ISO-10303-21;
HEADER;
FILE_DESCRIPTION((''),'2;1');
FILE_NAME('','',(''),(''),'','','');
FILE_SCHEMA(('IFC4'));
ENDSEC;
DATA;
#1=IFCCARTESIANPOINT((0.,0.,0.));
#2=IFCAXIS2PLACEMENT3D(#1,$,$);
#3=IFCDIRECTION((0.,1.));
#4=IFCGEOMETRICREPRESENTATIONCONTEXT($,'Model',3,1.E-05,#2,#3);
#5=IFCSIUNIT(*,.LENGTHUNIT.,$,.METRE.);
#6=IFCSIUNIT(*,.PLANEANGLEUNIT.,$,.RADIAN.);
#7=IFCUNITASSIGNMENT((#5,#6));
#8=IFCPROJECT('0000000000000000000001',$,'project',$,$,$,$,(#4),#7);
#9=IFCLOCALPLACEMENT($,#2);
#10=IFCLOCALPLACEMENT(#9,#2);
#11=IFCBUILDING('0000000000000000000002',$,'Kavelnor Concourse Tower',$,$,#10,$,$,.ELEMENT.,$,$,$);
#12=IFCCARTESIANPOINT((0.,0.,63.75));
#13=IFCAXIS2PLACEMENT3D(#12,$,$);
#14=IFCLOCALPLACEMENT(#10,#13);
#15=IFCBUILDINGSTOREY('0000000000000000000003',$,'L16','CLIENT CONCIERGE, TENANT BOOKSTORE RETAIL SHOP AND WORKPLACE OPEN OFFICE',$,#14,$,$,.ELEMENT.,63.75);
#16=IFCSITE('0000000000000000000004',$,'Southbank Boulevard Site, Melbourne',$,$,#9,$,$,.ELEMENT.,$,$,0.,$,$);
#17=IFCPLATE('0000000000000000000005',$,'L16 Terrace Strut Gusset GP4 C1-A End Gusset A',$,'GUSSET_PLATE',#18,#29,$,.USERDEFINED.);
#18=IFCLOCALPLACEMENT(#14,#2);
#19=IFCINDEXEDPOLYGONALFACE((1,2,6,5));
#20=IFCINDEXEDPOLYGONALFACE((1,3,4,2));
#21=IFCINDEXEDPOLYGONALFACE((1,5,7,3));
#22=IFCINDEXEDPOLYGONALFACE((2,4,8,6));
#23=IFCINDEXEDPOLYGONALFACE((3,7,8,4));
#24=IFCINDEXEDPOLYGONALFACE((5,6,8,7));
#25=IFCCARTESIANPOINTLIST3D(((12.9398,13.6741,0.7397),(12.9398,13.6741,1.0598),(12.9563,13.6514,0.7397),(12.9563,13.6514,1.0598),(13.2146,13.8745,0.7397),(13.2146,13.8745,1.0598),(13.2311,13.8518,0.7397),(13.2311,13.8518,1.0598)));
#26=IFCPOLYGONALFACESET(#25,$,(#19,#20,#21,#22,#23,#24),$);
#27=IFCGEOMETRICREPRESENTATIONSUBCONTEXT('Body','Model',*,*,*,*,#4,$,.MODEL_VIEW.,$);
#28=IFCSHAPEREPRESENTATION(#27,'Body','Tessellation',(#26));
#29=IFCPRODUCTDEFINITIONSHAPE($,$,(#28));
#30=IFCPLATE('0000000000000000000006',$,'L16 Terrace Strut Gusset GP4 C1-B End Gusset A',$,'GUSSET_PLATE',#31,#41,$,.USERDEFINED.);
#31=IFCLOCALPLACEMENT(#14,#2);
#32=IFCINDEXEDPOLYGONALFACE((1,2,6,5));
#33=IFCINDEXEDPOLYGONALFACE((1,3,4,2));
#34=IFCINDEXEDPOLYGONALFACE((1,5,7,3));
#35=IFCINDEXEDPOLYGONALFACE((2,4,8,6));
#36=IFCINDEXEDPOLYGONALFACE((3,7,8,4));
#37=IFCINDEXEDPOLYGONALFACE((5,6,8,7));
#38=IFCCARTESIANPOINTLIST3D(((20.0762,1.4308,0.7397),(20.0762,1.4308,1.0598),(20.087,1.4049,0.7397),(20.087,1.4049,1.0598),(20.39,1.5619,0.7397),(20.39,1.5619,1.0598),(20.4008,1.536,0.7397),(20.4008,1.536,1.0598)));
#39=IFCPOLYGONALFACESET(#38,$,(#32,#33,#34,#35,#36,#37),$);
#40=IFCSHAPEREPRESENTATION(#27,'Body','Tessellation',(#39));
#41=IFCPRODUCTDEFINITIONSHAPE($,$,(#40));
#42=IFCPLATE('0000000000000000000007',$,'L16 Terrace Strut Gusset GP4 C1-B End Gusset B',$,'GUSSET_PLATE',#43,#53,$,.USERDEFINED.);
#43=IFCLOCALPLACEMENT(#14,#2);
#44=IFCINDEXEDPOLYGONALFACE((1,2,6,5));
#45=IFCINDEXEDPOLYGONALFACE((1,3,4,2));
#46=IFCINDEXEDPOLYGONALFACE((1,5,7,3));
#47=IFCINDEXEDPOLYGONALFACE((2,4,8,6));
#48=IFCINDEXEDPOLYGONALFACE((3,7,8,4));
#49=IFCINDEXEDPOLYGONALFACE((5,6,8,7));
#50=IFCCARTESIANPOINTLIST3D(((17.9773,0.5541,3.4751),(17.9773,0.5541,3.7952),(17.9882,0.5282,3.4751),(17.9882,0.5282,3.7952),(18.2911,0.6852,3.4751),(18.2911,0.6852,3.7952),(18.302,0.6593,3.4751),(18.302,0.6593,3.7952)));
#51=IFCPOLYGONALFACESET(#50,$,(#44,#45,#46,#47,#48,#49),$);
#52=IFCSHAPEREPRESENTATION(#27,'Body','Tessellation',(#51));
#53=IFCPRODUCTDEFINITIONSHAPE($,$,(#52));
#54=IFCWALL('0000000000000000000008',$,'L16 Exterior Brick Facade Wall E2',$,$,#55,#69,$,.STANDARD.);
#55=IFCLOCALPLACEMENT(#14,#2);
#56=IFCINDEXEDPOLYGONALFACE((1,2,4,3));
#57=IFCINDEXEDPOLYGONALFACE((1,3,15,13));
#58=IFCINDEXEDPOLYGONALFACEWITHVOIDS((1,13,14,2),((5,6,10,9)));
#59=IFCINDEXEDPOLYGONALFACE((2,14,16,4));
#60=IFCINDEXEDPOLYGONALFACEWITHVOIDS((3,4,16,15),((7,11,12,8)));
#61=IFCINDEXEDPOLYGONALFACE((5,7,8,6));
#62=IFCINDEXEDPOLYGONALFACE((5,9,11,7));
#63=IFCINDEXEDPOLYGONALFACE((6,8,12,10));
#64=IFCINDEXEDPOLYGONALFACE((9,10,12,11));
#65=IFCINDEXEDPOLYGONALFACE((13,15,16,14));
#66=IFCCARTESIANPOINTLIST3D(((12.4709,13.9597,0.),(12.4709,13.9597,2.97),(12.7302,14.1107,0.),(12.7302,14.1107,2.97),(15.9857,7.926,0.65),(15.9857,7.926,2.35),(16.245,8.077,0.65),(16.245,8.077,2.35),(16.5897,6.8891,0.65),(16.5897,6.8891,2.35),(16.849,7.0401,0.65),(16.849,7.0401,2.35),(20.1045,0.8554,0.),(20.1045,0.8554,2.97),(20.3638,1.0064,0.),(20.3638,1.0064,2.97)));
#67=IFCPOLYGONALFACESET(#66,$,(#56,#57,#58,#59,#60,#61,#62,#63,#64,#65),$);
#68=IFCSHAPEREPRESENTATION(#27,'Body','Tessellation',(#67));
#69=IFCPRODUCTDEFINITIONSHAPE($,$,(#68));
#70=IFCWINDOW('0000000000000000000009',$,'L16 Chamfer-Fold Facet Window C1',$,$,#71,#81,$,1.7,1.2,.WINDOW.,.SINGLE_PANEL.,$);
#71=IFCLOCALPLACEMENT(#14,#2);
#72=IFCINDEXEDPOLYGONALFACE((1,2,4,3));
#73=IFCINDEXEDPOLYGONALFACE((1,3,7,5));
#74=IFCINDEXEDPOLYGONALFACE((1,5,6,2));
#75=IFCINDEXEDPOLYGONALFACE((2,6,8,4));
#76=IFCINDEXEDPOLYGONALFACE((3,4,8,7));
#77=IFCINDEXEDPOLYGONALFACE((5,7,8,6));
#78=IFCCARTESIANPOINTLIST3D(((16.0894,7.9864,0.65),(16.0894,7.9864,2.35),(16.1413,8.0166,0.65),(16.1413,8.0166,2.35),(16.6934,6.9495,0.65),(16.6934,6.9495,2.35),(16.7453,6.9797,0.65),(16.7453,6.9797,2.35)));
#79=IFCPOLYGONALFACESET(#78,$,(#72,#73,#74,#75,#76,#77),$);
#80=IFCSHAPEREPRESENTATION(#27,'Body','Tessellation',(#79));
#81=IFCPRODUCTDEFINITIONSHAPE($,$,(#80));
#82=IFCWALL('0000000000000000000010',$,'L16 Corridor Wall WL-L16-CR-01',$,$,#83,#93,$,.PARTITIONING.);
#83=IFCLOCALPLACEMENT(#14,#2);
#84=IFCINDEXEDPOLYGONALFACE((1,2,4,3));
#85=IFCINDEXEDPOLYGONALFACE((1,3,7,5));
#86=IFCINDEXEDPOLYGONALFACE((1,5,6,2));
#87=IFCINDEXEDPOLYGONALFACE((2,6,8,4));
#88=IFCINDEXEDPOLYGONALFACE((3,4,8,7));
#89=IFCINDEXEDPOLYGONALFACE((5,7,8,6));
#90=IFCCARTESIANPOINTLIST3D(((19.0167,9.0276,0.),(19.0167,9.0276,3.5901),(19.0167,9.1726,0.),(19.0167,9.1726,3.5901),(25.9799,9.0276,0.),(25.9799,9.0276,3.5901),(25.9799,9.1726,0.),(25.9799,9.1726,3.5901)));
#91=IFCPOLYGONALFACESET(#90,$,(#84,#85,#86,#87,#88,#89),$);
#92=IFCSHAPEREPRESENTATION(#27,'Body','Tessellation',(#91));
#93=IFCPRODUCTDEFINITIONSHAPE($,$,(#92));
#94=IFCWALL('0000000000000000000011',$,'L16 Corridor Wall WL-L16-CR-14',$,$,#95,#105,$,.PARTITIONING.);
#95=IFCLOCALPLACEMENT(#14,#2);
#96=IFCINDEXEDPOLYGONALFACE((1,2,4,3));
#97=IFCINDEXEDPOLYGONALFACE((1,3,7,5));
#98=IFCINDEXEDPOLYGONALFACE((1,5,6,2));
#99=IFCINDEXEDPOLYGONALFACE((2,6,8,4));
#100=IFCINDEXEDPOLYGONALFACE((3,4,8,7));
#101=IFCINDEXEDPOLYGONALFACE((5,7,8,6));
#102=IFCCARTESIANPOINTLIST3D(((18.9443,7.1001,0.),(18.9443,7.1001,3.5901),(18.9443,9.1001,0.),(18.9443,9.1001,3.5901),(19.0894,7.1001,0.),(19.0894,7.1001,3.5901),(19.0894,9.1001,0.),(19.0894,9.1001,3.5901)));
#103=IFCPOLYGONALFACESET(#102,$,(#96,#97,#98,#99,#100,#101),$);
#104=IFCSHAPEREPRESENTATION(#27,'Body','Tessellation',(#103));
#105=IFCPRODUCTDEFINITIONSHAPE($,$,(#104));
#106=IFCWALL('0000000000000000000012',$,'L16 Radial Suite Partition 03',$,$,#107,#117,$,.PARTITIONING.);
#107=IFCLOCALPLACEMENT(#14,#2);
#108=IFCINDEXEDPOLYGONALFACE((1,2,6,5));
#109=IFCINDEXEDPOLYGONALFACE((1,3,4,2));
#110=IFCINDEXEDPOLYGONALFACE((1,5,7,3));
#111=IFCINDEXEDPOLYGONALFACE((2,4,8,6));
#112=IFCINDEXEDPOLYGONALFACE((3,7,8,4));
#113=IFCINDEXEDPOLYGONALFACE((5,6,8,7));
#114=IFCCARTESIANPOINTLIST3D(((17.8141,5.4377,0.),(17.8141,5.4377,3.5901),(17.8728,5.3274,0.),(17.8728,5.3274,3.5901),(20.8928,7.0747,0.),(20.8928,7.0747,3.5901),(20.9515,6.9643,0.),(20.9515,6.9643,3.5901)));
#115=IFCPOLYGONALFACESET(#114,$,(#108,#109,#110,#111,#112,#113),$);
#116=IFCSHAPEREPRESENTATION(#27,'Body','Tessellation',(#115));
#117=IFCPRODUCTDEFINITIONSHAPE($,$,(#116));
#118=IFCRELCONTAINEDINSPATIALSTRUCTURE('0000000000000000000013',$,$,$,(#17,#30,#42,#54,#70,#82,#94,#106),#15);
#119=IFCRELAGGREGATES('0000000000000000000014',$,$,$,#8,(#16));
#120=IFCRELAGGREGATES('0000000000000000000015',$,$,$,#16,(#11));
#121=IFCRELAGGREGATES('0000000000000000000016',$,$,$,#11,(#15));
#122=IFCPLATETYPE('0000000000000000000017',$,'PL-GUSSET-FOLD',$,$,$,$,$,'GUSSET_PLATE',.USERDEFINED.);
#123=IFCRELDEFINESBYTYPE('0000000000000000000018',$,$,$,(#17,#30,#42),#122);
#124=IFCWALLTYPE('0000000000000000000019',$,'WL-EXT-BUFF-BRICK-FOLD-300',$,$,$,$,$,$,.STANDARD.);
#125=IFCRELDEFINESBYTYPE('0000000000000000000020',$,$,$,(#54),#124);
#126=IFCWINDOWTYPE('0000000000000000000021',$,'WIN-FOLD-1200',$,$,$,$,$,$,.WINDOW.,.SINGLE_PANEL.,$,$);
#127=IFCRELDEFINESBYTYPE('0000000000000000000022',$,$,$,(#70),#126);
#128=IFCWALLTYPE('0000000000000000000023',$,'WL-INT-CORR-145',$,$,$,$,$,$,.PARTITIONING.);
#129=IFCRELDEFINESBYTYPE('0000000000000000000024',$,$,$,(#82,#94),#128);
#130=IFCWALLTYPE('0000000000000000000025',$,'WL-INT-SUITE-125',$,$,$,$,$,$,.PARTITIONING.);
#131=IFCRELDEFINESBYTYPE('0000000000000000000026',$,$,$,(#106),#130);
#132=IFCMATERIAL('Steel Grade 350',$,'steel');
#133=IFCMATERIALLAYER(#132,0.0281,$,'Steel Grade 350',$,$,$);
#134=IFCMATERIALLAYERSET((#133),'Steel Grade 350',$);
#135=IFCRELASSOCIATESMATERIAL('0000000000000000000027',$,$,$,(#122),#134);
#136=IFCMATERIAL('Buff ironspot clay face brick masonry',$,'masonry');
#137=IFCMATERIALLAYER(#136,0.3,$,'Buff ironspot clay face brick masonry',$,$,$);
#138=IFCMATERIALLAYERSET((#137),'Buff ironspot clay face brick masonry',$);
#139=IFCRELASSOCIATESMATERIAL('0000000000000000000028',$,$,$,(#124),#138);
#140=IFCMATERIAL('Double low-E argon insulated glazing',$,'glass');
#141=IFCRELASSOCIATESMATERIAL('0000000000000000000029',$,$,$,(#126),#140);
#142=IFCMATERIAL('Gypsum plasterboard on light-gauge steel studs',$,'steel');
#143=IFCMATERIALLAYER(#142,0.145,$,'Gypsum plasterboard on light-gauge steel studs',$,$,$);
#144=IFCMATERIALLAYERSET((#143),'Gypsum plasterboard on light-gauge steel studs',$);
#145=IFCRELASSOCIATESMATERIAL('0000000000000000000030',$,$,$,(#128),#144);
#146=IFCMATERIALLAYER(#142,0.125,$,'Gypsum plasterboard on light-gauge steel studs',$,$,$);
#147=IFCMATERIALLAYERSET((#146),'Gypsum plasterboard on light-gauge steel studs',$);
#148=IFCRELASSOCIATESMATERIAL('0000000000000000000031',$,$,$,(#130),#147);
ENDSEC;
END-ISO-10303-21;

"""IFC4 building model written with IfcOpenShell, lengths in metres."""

from ifc_helpers import new_model, si_unit, direction, frame, frame_2d, origin, origin_2d, place, context, subcontext, project, spatial, rectangle, extrude, material, layer, layer_set, type_object, element, fill, save


model = new_model("IFC4")

# Units and contexts
model_context = context("Model", 3, precision=1e-05, world=origin(), true_north=direction((0.0, 1.0)))
body_context = subcontext(model_context, "Body", "Model", "MODEL_VIEW")
ifc_project = project(units=[si_unit("LENGTHUNIT", "METRE"), si_unit("PLANEANGLEUNIT", "RADIAN")], contexts=[model_context])

# Site, building, storey
site_placement = place(None, origin())
site = spatial("IfcSite", under=ifc_project, at=site_placement, Name="Southbank Boulevard Site, Melbourne", CompositionType="ELEMENT", RefElevation=0.0)
building_placement = place(site_placement, origin())
building = spatial("IfcBuilding", under=site, at=building_placement, Name="Kavelnor Concourse Tower", CompositionType="ELEMENT")
storey_placement = place(building_placement, frame((0.0, 0.0, 63.75)))
storey = spatial("IfcBuildingStorey", under=building, at=storey_placement, Name="L16", Description="CLIENT CONCIERGE, TENANT BOOKSTORE RETAIL SHOP AND WORKPLACE OPEN OFFICE", CompositionType="ELEMENT", Elevation=63.75)

# Shared definitions
ifc_material_1 = material(Name="Steel Grade 350", Category="steel")

# Plates
ifc_layer_1 = layer(ifc_material_1, 0.0281, Name="Steel Grade 350")
ifc_layer_set_1 = layer_set([ifc_layer_1], Name="Steel Grade 350")
plate_type = type_object("IfcPlateType", Name="PL-GUSSET-FOLD", ElementType="GUSSET_PLATE", PredefinedType="USERDEFINED", material=ifc_layer_set_1)
for number, where, z_axis, x_axis, name in (
    (1, (13.0854, 13.7629, 0.7397), (0.0, 0.0, 1.0), (-0.807887, -0.589337, 0.0), "L16 Terrace Strut Gusset GP4 C1-A End Gusset A"),
    (2, (20.2385, 1.4834, 0.7397), (0.0, 0.0, 1.0), (-0.92274, -0.385423, 0.0), "L16 Terrace Strut Gusset GP4 C1-B End Gusset A"),
    (3, (18.1396, 0.6067, 3.4751), (0.0, 0.0, 1.0), (-0.92274, -0.385423, 0.0), "L16 Terrace Strut Gusset GP4 C1-B End Gusset B"),
):
    element("IfcPlate", number, at=place(storey_placement, frame(where, z_axis=z_axis, x_axis=x_axis)), inside=storey, type_object=plate_type, Name=name, ObjectType="GUSSET_PLATE", PredefinedType="USERDEFINED", context=body_context, shape_type="SweptSolid", body=[
        extrude(rectangle(XDim=0.3401, YDim=0.0281, at=origin_2d()), origin(), (0.0, 0.0, 1.0), 0.3201),
    ])

# Wall, opening, window
ifc_material_2 = material(Name="Buff ironspot clay face brick masonry", Category="masonry")
ifc_layer_2 = layer(ifc_material_2, 0.3, Name="Buff ironspot clay face brick masonry")
ifc_layer_set_2 = layer_set([ifc_layer_2], Name="Buff ironspot clay face brick masonry")
wall_type_1 = type_object("IfcWallType", Name="WL-EXT-BUFF-BRICK-FOLD-300", PredefinedType="STANDARD", material=ifc_layer_set_2)
wall_1_placement = place(storey_placement, frame((20.2341, 0.9309, 0.0), z_axis=(0.0, 0.0, 1.0), x_axis=(-0.503349, 0.864083, 0.0)))
wall_1 = element("IfcWall", 4, at=wall_1_placement, inside=storey, type_object=wall_type_1, Name="L16 Exterior Brick Facade Wall E2", PredefinedType="STANDARD", context=body_context, shape_type="SweptSolid", body=[
    extrude(rectangle(XDim=15.1655, YDim=0.3, at=frame_2d((7.5828, 0.0))), origin(), (0.0, 0.0, 1.0), 2.97),
])
opening_placement = place(wall_1_placement, frame((6.9827, 0.0, 0.6499)))
opening = element("IfcOpeningElement", 5, at=opening_placement, cuts=wall_1, PredefinedType="OPENING", context=body_context, shape_type="SweptSolid", body=[
    extrude(rectangle(XDim=1.2, YDim=1.7, at=frame_2d((0.6001, 0.8501))), frame((0.0, 0.1602, 0.0), z_axis=(0.0, -1.0, 0.0), x_axis=(1.0, 0.0, 0.0)), (0.0, 0.0, 1.0), 0.3201),
])
ifc_material_3 = material(Name="Double low-E argon insulated glazing", Category="glass")
window_type = type_object("IfcWindowType", Name="WIN-FOLD-1200", PartitioningType="SINGLE_PANEL", PredefinedType="WINDOW", material=ifc_material_3)
window_placement = place(opening_placement, origin())
window = element("IfcWindow", 6, at=window_placement, inside=storey, type_object=window_type, Name="L16 Chamfer-Fold Facet Window C1", OverallHeight=1.7, OverallWidth=1.2, PartitioningType="SINGLE_PANEL", PredefinedType="WINDOW", context=body_context, shape_type="SweptSolid", body=[
    extrude(rectangle(XDim=1.2, YDim=1.7, at=frame_2d((0.6001, 0.8501))), frame((0.0, 0.03, 0.0), z_axis=(0.0, -1.0, 0.0), x_axis=(1.0, 0.0, 0.0)), (0.0, 0.0, 1.0), 0.0601),
])
fill(opening, window)

# Walls
ifc_material_4 = material(Name="Gypsum plasterboard on light-gauge steel studs", Category="steel")
ifc_layer_3 = layer(ifc_material_4, 0.145, Name="Gypsum plasterboard on light-gauge steel studs")
ifc_layer_set_3 = layer_set([ifc_layer_3], Name="Gypsum plasterboard on light-gauge steel studs")
wall_type_2 = type_object("IfcWallType", Name="WL-INT-CORR-145", PredefinedType="PARTITIONING", material=ifc_layer_set_3)
wall_2_placement = place(storey_placement, frame((19.0168, 9.1001, 0.0), z_axis=(0.0, 0.0, 1.0), x_axis=(1.0, 0.0, 0.0)))
element("IfcWall", 7, at=wall_2_placement, inside=storey, type_object=wall_type_2, Name="L16 Corridor Wall WL-L16-CR-01", PredefinedType="PARTITIONING", context=body_context, shape_type="SweptSolid", body=[
    extrude(rectangle(XDim=6.9631, YDim=0.145, at=frame_2d((3.4814, 0.0))), origin(), (0.0, 0.0, 1.0), 3.5901),
])
wall_3_placement = place(storey_placement, frame((19.0168, 7.1001, 0.0), z_axis=(0.0, 0.0, 1.0), x_axis=(0.0, 1.0, 0.0)))
element("IfcWall", 8, at=wall_3_placement, inside=storey, type_object=wall_type_2, Name="L16 Corridor Wall WL-L16-CR-14", PredefinedType="PARTITIONING", context=body_context, shape_type="SweptSolid", body=[
    extrude(rectangle(XDim=2.0, YDim=0.145, at=frame_2d((1.0, 0.0))), origin(), (0.0, 0.0, 1.0), 3.5901),
])
ifc_layer_4 = layer(ifc_material_4, 0.125, Name="Gypsum plasterboard on light-gauge steel studs")
ifc_layer_set_4 = layer_set([ifc_layer_4], Name="Gypsum plasterboard on light-gauge steel studs")
wall_type_3 = type_object("IfcWallType", Name="WL-INT-SUITE-125", PredefinedType="PARTITIONING", material=ifc_layer_set_4)
wall_4_placement = place(storey_placement, frame((20.9221, 7.0195, 0.0), z_axis=(0.0, 0.0, 1.0), x_axis=(-0.882943, -0.469479, 0.0)))
element("IfcWall", 9, at=wall_4_placement, inside=storey, type_object=wall_type_3, Name="L16 Radial Suite Partition 03", PredefinedType="PARTITIONING", context=body_context, shape_type="SweptSolid", body=[
    extrude(rectangle(XDim=3.4868, YDim=0.125, at=frame_2d((1.7434, 0.0))), origin(), (0.0, 0.0, 1.0), 3.5901),
])

save(model, "model.ifc")
